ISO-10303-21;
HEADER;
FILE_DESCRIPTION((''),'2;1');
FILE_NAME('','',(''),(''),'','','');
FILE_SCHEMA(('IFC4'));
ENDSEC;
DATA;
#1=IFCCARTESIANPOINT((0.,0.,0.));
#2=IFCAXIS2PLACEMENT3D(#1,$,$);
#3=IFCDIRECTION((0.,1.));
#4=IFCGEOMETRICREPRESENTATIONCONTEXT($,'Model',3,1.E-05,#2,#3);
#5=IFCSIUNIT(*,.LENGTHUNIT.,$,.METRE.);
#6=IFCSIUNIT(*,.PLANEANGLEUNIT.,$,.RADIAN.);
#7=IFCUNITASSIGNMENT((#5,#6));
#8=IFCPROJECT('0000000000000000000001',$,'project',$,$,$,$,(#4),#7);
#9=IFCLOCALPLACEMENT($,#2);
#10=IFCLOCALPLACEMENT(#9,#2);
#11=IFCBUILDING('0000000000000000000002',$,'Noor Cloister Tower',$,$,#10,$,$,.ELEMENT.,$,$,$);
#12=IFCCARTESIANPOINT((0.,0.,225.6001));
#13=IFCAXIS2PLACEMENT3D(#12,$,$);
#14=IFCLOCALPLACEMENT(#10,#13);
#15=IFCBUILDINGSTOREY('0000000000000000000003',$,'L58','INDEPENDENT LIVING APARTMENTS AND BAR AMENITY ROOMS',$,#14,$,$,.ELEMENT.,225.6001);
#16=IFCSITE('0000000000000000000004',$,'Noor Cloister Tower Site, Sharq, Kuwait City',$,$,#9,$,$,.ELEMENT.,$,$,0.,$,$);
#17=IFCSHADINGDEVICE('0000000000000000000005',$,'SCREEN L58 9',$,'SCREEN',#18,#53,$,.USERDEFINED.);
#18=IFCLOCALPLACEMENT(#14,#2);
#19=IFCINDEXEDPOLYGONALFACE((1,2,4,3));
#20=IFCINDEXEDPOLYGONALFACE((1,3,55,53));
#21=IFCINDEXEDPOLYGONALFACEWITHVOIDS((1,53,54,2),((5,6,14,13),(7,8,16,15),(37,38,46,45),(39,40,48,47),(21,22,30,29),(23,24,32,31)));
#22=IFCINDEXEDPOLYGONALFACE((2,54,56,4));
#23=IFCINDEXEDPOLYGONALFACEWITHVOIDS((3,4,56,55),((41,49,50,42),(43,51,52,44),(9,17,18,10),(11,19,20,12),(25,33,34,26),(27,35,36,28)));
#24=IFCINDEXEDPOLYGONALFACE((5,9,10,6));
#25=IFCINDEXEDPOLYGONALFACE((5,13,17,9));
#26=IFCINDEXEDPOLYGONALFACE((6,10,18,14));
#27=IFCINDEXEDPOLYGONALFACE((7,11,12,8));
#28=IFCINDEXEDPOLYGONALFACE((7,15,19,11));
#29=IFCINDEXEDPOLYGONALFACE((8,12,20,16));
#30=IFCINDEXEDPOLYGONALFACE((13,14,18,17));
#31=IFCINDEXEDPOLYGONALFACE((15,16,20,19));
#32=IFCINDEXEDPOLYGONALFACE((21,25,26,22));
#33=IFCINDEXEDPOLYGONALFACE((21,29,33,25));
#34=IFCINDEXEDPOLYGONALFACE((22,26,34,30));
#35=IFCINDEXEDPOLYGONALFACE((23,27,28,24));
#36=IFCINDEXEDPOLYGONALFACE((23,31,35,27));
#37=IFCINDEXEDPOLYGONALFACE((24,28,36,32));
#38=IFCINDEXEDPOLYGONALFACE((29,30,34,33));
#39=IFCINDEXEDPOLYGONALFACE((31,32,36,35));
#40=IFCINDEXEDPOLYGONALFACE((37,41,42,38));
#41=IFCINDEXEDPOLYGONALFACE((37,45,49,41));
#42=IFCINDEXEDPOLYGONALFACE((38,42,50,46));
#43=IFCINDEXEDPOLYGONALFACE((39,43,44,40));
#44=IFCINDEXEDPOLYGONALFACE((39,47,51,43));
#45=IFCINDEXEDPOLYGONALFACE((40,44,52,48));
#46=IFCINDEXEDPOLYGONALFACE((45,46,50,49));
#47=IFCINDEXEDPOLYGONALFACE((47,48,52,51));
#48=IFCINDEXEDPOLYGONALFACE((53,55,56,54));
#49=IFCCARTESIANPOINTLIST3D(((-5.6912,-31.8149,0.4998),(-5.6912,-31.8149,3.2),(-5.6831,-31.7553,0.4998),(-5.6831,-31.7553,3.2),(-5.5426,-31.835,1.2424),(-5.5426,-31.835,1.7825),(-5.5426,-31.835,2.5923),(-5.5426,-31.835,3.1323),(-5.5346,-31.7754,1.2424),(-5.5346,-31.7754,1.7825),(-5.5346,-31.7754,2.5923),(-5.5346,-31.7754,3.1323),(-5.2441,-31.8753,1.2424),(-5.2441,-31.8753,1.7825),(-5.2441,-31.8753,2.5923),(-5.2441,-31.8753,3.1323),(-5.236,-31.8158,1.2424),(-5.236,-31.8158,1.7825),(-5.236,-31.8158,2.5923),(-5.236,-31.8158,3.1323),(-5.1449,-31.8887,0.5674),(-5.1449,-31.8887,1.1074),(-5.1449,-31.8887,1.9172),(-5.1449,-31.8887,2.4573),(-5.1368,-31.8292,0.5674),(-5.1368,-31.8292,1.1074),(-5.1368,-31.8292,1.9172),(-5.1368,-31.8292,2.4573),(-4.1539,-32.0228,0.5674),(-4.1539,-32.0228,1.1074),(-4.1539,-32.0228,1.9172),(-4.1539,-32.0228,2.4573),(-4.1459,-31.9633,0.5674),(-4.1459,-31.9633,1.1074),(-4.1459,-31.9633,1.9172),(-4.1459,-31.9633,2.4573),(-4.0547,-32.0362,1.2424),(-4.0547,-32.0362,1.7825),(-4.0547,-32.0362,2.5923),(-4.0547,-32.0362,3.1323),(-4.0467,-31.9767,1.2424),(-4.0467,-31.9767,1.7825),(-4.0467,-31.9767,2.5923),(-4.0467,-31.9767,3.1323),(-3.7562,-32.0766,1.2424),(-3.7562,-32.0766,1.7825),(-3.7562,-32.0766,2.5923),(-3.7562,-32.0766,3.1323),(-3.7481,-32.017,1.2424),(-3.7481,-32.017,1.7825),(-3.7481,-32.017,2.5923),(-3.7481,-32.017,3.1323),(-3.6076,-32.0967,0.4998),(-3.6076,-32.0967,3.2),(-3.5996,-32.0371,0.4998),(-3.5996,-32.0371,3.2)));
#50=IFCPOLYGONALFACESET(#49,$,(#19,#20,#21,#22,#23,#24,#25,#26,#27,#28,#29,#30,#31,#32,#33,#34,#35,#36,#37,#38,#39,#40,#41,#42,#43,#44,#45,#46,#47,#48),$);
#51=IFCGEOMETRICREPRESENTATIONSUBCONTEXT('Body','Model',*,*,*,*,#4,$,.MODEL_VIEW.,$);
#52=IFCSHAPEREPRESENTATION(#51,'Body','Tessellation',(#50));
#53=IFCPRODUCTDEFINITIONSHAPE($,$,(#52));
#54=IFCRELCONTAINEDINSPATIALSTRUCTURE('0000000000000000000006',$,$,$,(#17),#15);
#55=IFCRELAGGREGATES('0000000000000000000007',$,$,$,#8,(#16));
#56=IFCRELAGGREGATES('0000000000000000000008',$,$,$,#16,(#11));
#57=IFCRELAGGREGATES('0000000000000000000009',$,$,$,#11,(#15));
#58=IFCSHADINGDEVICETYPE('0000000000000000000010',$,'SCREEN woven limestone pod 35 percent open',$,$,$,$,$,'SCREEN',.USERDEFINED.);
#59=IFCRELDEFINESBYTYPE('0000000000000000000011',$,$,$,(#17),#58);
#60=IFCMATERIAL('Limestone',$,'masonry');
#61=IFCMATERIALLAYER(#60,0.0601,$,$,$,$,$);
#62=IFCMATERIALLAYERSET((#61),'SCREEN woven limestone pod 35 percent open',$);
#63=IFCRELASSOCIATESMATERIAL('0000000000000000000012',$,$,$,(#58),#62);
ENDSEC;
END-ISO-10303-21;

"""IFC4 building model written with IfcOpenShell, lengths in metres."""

from ifc_helpers import new_model, si_unit, direction, frame, origin, place, context, subcontext, project, spatial, polyline, outline, extrude, material, layer, layer_set, type_object, element, save


model = new_model("IFC4")

# Units and contexts
model_context = context("Model", 3, precision=1e-05, world=origin(), true_north=direction((0.0, 1.0)))
body_context = subcontext(model_context, "Body", "Model", "MODEL_VIEW")
ifc_project = project(units=[si_unit("LENGTHUNIT", "METRE"), si_unit("PLANEANGLEUNIT", "RADIAN")], contexts=[model_context])

# Site, building, storey
site_placement = place(None, origin())
site = spatial("IfcSite", under=ifc_project, at=site_placement, Name="Noor Cloister Tower Site, Sharq, Kuwait City", CompositionType="ELEMENT", RefElevation=0.0)
building_placement = place(site_placement, origin())
building = spatial("IfcBuilding", under=site, at=building_placement, Name="Noor Cloister Tower", CompositionType="ELEMENT")
storey_placement = place(building_placement, frame((0.0, 0.0, 225.6001)))
storey = spatial("IfcBuildingStorey", under=building, at=storey_placement, Name="L58", Description="INDEPENDENT LIVING APARTMENTS AND BAR AMENITY ROOMS", CompositionType="ELEMENT", Elevation=225.6001)

# Shading device
ifc_material_1 = material(Name="Limestone", Category="masonry")
ifc_layer_1 = layer(ifc_material_1, 0.0601)
ifc_layer_set_1 = layer_set([ifc_layer_1], Name="SCREEN woven limestone pod 35 percent open")
shading_device_type = type_object("IfcShadingDeviceType", Name="SCREEN woven limestone pod 35 percent open", ElementType="SCREEN", PredefinedType="USERDEFINED", material=ifc_layer_set_1)
shading_device_1_placement = place(storey_placement, frame((-4.6414, -31.8962, 1.8499), z_axis=(-0.134026, -0.990978, 0.0), x_axis=(0.990978, -0.134026, 0.0)))
element("IfcShadingDevice", 1, at=shading_device_1_placement, inside=storey, type_object=shading_device_type, Name="SCREEN L58 9", ObjectType="SCREEN", PredefinedType="USERDEFINED", context=body_context, shape_type="SweptSolid", body=[
    extrude(outline(polyline([(-1.0513, -1.3501), (1.0513, -1.3501), (1.0513, 1.3501), (-1.0513, 1.3501), (-1.0513, -1.3501)]), holes=[polyline([(-0.5, -1.2825), (0.5, -1.2825), (0.5, -0.7424), (-0.5, -0.7424), (-0.5, -1.2825)]), polyline([(0.6001, -0.6074), (0.9014, -0.6074), (0.9014, -0.0674), (0.6001, -0.0674), (0.6001, -0.6074)]), polyline([(-0.9014, -0.6074), (-0.6001, -0.6074), (-0.6001, -0.0674), (-0.9014, -0.0674), (-0.9014, -0.6074)]), polyline([(-0.5, 0.0674), (0.5, 0.0674), (0.5, 0.6074), (-0.5, 0.6074), (-0.5, 0.0674)]), polyline([(0.6001, 0.7424), (0.9014, 0.7424), (0.9014, 1.2825), (0.6001, 1.2825), (0.6001, 0.7424)]), polyline([(-0.9014, 0.7424), (-0.6001, 0.7424), (-0.6001, 1.2825), (-0.9014, 1.2825), (-0.9014, 0.7424)])]), origin(), (0.0, 0.0, 1.0), 0.0601),
])

save(model, "model.ifc")
